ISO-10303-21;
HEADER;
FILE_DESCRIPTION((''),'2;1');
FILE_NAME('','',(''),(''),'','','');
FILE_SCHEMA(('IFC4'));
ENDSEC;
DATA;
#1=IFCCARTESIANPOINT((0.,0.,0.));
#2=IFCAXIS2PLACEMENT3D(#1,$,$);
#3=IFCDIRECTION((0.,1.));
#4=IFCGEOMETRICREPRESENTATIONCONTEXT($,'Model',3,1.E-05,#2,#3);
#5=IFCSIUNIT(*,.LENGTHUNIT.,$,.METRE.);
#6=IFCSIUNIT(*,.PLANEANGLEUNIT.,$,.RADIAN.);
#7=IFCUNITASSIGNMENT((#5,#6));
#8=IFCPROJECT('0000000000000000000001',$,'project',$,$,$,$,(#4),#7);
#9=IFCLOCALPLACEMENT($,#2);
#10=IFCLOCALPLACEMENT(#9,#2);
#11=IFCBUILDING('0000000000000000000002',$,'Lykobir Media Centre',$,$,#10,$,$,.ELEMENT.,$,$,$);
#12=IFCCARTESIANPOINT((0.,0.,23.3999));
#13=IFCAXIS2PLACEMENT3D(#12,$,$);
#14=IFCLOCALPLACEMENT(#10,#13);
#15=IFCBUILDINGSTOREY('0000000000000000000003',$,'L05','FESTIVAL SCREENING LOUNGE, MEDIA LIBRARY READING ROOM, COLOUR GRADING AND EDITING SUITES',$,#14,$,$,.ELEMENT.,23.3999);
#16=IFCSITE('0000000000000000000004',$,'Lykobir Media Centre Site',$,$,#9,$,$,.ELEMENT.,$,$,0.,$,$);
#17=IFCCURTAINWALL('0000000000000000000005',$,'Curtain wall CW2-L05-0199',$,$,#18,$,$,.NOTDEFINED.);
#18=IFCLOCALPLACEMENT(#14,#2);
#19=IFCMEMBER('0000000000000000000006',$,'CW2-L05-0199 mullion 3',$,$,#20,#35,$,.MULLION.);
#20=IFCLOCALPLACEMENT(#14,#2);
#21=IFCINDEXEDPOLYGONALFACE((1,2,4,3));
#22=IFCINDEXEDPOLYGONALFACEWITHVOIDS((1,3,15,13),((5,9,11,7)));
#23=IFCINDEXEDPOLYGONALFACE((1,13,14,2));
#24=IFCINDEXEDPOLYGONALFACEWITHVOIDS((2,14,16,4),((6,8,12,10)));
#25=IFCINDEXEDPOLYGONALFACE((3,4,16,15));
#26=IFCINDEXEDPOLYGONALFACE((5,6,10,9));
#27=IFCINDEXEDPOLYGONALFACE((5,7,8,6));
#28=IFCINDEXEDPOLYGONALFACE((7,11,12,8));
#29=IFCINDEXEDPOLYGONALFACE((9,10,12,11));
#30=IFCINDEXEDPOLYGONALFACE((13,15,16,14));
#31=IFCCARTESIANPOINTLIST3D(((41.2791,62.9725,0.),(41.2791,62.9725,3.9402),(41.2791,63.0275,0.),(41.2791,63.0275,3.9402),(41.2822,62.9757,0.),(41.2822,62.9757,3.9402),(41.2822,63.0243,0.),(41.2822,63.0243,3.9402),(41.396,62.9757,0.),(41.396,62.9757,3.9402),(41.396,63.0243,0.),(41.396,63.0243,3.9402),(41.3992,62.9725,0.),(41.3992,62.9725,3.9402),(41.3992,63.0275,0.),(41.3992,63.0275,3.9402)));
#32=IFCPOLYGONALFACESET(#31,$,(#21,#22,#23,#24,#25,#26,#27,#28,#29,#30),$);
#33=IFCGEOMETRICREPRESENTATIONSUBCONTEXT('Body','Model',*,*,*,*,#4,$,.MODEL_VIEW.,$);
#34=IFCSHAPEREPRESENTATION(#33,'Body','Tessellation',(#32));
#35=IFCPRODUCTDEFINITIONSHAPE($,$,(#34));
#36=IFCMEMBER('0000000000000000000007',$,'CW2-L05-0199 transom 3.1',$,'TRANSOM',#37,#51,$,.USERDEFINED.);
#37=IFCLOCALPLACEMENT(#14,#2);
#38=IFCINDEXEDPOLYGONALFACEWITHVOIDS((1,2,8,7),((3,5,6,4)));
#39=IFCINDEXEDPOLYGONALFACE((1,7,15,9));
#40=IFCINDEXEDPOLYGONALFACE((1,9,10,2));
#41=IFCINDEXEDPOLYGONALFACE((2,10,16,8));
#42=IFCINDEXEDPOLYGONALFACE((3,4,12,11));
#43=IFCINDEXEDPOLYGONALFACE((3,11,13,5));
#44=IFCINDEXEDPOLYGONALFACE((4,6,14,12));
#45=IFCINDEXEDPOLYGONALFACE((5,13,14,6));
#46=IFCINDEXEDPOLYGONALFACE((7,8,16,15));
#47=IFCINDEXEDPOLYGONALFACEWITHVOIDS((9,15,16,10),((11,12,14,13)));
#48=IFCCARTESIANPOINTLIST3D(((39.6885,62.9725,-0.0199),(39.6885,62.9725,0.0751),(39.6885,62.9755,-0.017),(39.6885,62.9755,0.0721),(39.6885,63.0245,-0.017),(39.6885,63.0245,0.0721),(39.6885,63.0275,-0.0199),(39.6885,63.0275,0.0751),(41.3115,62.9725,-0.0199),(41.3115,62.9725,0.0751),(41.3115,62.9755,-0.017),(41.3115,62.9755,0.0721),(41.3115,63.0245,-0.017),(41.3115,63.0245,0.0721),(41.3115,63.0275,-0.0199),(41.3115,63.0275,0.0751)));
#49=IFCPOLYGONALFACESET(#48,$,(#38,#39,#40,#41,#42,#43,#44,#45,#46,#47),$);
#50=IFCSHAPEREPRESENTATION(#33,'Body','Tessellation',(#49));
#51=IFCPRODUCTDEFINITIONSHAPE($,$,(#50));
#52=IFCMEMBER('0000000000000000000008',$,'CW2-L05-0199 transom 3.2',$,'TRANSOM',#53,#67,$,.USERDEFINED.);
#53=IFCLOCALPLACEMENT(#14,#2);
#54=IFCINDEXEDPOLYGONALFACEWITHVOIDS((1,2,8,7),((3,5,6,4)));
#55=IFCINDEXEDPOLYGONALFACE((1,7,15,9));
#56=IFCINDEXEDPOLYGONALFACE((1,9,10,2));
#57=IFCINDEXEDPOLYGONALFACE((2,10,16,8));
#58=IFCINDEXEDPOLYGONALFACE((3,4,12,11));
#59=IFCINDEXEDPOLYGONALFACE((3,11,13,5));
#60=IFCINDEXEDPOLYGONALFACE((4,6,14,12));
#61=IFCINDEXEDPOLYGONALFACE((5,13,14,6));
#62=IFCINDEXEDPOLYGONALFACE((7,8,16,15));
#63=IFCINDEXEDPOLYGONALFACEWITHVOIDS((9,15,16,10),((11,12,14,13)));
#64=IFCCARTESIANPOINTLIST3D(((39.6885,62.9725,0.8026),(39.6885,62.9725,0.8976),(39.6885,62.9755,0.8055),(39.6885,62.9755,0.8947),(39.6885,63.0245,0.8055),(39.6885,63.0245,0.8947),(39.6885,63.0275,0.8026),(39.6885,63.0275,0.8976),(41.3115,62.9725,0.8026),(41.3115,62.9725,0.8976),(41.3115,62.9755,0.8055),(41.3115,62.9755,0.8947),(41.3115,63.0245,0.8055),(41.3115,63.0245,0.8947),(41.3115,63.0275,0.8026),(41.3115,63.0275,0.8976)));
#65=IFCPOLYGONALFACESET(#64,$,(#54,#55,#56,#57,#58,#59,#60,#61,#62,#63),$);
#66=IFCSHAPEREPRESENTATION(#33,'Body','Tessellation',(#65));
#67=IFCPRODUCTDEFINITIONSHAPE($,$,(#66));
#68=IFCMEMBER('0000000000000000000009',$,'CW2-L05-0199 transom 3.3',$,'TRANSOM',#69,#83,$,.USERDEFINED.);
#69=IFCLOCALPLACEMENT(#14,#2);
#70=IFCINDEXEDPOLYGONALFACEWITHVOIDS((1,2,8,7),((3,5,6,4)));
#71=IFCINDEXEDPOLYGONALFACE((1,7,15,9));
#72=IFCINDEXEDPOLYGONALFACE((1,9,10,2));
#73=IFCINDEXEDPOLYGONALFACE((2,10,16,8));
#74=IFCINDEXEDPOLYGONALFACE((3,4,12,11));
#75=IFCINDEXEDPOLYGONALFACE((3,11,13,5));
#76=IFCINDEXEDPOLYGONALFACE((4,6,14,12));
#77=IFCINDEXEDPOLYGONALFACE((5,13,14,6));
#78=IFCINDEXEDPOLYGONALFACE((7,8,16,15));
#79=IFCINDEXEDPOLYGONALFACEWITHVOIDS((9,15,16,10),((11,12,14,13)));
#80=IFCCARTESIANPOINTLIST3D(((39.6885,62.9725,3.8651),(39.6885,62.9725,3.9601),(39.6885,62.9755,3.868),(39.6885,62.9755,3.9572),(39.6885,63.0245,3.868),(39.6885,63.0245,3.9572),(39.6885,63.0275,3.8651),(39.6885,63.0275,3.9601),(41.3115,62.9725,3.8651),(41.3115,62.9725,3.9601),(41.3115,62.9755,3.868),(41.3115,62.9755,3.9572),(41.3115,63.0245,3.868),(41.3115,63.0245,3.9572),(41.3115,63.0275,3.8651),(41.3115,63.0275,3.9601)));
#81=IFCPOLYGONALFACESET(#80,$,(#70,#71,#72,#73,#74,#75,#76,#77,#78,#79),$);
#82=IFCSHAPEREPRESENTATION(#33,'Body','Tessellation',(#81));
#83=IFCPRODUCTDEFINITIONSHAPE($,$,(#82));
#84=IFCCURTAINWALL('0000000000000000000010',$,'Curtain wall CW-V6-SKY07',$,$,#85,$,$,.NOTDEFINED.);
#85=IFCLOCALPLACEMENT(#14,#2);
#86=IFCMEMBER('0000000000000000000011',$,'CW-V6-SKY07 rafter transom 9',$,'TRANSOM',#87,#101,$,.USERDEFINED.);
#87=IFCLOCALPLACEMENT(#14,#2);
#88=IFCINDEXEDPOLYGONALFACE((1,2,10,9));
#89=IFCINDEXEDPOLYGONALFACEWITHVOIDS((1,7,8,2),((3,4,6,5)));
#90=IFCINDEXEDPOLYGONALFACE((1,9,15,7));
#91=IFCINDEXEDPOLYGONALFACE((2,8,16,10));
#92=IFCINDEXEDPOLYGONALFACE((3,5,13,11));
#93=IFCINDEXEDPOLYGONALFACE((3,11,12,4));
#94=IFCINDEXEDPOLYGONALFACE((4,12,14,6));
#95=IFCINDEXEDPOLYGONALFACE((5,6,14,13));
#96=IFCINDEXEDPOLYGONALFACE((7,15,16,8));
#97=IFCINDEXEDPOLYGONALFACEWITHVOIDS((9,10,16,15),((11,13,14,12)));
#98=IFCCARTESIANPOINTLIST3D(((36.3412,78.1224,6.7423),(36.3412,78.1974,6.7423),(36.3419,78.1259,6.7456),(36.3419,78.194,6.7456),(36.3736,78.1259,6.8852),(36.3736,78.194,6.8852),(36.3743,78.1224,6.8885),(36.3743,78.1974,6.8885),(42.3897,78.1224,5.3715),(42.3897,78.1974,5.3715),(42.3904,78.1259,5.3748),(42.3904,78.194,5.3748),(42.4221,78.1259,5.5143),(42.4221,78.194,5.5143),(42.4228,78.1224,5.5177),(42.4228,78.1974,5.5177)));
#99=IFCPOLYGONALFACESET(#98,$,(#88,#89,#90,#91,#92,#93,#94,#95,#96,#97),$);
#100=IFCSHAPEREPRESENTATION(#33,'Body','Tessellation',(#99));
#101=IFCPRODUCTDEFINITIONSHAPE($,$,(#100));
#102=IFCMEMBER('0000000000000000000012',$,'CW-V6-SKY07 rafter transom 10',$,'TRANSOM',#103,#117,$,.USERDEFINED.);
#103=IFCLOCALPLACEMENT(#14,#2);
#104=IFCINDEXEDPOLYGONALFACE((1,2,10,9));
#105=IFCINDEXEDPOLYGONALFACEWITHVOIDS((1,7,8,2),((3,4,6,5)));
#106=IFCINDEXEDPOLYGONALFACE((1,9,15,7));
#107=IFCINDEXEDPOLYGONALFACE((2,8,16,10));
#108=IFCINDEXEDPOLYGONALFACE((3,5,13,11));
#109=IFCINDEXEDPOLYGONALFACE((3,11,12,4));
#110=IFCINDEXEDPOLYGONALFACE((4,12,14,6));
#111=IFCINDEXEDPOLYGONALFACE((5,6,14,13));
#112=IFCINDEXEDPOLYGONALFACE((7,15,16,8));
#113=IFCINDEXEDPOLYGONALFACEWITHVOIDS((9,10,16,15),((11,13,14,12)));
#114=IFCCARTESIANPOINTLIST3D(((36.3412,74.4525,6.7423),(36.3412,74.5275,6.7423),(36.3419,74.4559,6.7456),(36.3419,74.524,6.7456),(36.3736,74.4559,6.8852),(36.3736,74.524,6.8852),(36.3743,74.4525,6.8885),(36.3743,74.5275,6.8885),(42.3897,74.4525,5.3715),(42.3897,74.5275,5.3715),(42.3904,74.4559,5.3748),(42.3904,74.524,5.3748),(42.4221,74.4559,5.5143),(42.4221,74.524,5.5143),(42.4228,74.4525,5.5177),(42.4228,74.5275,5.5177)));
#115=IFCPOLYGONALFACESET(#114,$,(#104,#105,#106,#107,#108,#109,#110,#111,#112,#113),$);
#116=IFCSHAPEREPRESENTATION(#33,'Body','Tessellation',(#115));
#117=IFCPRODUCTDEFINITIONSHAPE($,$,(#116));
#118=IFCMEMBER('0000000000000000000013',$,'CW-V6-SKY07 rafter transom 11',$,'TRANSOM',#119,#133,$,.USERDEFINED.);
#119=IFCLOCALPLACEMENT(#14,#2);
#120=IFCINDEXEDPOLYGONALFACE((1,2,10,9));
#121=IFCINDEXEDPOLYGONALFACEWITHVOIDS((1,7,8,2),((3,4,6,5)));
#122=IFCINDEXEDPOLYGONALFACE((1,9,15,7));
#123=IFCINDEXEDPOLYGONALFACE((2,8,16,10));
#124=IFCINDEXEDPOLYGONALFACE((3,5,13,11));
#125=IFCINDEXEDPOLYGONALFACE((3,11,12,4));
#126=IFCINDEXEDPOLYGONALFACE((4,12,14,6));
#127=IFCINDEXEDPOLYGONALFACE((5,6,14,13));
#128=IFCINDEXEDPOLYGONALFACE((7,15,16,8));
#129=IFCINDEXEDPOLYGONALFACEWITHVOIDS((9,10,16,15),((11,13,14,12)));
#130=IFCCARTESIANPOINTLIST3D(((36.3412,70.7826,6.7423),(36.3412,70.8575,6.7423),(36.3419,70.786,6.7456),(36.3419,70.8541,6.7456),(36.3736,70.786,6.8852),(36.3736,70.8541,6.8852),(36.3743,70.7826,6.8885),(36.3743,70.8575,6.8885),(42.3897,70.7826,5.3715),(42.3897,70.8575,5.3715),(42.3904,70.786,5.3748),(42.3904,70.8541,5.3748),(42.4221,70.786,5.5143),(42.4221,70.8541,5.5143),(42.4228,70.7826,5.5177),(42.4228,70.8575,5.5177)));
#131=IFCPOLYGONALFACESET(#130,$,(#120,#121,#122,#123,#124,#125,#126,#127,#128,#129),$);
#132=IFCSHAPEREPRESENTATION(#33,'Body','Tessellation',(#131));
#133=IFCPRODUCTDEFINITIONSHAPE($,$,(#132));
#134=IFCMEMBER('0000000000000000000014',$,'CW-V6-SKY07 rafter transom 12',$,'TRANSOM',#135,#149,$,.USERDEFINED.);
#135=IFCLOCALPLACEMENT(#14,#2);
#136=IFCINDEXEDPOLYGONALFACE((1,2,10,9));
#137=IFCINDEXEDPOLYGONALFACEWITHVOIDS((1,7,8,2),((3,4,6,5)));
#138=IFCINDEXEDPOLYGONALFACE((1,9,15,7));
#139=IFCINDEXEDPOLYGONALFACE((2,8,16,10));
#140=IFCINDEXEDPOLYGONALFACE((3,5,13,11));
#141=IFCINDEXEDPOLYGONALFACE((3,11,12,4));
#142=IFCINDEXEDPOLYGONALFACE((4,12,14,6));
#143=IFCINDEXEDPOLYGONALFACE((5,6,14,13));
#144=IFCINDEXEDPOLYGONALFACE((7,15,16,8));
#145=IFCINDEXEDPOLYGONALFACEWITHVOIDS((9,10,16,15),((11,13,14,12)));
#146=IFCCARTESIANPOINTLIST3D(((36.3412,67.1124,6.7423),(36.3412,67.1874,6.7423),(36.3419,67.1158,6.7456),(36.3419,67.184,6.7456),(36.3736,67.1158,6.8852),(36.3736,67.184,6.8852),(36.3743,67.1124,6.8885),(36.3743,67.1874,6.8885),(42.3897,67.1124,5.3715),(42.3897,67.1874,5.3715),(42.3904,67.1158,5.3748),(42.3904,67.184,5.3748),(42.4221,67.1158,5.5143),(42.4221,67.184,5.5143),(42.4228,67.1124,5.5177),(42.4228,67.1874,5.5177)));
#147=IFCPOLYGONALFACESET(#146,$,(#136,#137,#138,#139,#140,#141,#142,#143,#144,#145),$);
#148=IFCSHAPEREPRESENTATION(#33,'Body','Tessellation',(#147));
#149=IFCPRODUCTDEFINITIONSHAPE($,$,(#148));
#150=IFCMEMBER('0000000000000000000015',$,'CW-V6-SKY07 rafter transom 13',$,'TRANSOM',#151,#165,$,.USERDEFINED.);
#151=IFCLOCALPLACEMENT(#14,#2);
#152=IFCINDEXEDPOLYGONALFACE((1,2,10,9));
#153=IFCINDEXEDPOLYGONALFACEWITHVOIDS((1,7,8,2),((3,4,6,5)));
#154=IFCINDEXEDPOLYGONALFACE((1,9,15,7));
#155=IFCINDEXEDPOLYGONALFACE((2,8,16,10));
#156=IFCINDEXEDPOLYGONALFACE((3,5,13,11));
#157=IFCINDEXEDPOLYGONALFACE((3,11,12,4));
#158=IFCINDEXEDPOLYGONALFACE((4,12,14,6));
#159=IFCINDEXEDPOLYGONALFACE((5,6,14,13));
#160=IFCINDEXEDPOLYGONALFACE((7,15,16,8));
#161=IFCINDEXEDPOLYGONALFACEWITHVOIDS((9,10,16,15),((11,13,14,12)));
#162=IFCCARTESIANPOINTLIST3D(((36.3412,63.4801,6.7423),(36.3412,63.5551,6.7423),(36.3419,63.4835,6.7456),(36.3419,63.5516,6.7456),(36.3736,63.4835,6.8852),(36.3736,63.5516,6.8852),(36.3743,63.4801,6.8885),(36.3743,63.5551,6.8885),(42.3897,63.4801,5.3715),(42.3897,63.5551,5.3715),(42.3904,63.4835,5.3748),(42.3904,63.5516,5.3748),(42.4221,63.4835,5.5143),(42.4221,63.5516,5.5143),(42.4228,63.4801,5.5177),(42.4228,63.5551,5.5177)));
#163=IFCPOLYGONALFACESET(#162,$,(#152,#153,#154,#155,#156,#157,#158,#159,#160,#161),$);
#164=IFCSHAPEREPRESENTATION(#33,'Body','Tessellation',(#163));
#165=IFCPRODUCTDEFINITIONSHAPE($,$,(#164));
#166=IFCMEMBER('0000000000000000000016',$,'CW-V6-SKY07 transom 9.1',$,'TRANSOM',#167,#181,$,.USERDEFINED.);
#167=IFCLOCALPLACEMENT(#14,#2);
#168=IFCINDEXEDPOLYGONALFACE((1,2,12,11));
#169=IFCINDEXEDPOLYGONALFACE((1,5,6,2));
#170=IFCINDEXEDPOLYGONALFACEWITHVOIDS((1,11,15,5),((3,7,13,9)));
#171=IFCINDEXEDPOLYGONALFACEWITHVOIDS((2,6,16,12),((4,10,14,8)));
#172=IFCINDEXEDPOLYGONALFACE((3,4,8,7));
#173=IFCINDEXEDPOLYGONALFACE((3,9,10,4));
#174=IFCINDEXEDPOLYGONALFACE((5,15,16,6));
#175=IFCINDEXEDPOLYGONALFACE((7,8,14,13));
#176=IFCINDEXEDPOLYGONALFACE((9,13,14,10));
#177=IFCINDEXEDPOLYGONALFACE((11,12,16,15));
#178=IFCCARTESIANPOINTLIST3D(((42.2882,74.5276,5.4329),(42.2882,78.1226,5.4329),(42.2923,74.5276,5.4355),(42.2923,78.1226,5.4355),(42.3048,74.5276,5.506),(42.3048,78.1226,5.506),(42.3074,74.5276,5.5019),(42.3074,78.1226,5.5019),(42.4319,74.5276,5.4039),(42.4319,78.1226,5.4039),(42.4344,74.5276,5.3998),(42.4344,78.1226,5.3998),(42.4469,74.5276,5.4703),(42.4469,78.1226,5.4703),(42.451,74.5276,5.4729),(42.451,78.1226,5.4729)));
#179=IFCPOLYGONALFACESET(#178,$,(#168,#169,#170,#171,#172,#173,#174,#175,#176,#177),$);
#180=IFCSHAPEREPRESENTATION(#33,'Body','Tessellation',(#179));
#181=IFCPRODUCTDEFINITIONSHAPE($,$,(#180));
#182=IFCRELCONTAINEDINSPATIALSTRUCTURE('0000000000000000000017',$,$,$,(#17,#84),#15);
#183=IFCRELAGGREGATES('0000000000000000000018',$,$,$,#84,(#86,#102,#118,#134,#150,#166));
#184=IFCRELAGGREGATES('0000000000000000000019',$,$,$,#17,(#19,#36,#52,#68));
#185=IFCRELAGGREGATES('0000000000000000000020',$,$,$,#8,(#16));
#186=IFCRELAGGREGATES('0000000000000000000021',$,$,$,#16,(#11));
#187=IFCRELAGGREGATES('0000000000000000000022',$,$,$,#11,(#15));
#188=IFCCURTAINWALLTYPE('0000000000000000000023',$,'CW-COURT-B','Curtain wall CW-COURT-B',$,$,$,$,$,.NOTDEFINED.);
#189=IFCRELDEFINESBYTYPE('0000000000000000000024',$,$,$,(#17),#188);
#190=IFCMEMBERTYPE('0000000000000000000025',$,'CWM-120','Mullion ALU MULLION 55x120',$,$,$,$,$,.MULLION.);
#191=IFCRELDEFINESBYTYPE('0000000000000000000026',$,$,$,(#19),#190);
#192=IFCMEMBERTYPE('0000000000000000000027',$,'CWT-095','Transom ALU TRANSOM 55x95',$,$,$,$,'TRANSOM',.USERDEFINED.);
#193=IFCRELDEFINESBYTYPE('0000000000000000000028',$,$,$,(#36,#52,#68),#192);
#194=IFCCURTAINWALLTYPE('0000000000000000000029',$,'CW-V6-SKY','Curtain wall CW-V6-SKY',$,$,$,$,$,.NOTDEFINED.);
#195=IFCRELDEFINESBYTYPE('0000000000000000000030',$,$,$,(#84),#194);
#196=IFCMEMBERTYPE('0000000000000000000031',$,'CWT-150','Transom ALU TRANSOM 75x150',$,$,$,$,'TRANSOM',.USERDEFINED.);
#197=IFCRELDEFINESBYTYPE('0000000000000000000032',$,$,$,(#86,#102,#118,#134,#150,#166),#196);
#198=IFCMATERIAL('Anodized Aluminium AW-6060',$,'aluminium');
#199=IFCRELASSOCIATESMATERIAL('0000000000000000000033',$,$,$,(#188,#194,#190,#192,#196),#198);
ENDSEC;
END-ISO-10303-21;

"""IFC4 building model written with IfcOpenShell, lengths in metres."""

from ifc_helpers import new_model, si_unit, direction, frame, origin, origin_2d, place, context, subcontext, project, spatial, hollow_rectangle, extrude, material, material_profile, profile_set, type_object, element, aggregate, save


model = new_model("IFC4")

# Units and contexts
model_context = context("Model", 3, precision=1e-05, world=origin(), true_north=direction((0.0, 1.0)))
body_context = subcontext(model_context, "Body", "Model", "MODEL_VIEW")
ifc_project = project(units=[si_unit("LENGTHUNIT", "METRE"), si_unit("PLANEANGLEUNIT", "RADIAN")], contexts=[model_context])

# Site, building, storey
site_placement = place(None, origin())
site = spatial("IfcSite", under=ifc_project, at=site_placement, Name="Lykobir Media Centre Site", CompositionType="ELEMENT", RefElevation=0.0)
building_placement = place(site_placement, origin())
building = spatial("IfcBuilding", under=site, at=building_placement, Name="Lykobir Media Centre", CompositionType="ELEMENT")
storey_placement = place(building_placement, frame((0.0, 0.0, 23.3999)))
storey = spatial("IfcBuildingStorey", under=building, at=storey_placement, Name="L05", Description="FESTIVAL SCREENING LOUNGE, MEDIA LIBRARY READING ROOM, COLOUR GRADING AND EDITING SUITES", CompositionType="ELEMENT", Elevation=23.3999)

# Curtain walls, members
ifc_material_1 = material(Name="Anodized Aluminium AW-6060", Category="aluminium")
curtain_wall_type_1 = type_object("IfcCurtainWallType", Name="CW-COURT-B", Description="Curtain wall CW-COURT-B", PredefinedType="NOTDEFINED", material=ifc_material_1)
curtain_wall_1_placement = place(storey_placement, origin())
curtain_wall_1 = element("IfcCurtainWall", 1, at=curtain_wall_1_placement, inside=storey, type_object=curtain_wall_type_1, Name="Curtain wall CW2-L05-0199", PredefinedType="NOTDEFINED")
ifc_material_profile_1 = material_profile(ifc_material_1, hollow_rectangle(XDim=0.0549, YDim=0.1201, WallThickness=0.0032, at=origin_2d()), Name="ALU MULLION 55x120")
ifc_profile_set_1 = profile_set([ifc_material_profile_1], Name="Anodized Aluminium AW-6060")
member_type_1 = type_object("IfcMemberType", Name="CWM-120", Description="Mullion ALU MULLION 55x120", PredefinedType="MULLION", material=ifc_profile_set_1)
member_1_placement = place(storey_placement, frame((41.3391, 63.0, 0.0), z_axis=(0.0, 0.0, 1.0), x_axis=(0.0, -1.0, 0.0)))
member_1 = element("IfcMember", 2, at=member_1_placement, type_object=member_type_1, Name="CW2-L05-0199 mullion 3", PredefinedType="MULLION", context=body_context, shape_type="SweptSolid", body=[
    extrude(hollow_rectangle(XDim=0.0549, YDim=0.1201, WallThickness=0.0032, at=origin_2d()), origin(), (0.0, 0.0, 1.0), 3.9402),
])
ifc_material_profile_2 = material_profile(ifc_material_1, hollow_rectangle(XDim=0.0549, YDim=0.095, WallThickness=0.0029, at=origin_2d()), Name="ALU TRANSOM 55x95")
ifc_profile_set_2 = profile_set([ifc_material_profile_2], Name="Anodized Aluminium AW-6060")
member_type_2 = type_object("IfcMemberType", Name="CWT-095", Description="Transom ALU TRANSOM 55x95", ElementType="TRANSOM", PredefinedType="USERDEFINED", material=ifc_profile_set_2)
member_2_placement = place(storey_placement, frame((41.3115, 63.0, 0.0276), z_axis=(-1.0, 0.0, 0.0), x_axis=(0.0, -1.0, 0.0)))
member_2 = element("IfcMember", 3, at=member_2_placement, type_object=member_type_2, Name="CW2-L05-0199 transom 3.1", ObjectType="TRANSOM", PredefinedType="USERDEFINED", context=body_context, shape_type="SweptSolid", body=[
    extrude(hollow_rectangle(XDim=0.0549, YDim=0.095, WallThickness=0.0029, at=origin_2d()), origin(), (0.0, 0.0, 1.0), 1.623),
])
member_3_placement = place(storey_placement, frame((41.3115, 63.0, 0.8501), z_axis=(-1.0, 0.0, 0.0), x_axis=(0.0, -1.0, 0.0)))
member_3 = element("IfcMember", 4, at=member_3_placement, type_object=member_type_2, Name="CW2-L05-0199 transom 3.2", ObjectType="TRANSOM", PredefinedType="USERDEFINED", context=body_context, shape_type="SweptSolid", body=[
    extrude(hollow_rectangle(XDim=0.0549, YDim=0.095, WallThickness=0.0029, at=origin_2d()), origin(), (0.0, 0.0, 1.0), 1.623),
])
member_4_placement = place(storey_placement, frame((41.3115, 63.0, 3.9126), z_axis=(-1.0, 0.0, 0.0), x_axis=(0.0, -1.0, 0.0)))
member_4 = element("IfcMember", 5, at=member_4_placement, type_object=member_type_2, Name="CW2-L05-0199 transom 3.3", ObjectType="TRANSOM", PredefinedType="USERDEFINED", context=body_context, shape_type="SweptSolid", body=[
    extrude(hollow_rectangle(XDim=0.0549, YDim=0.095, WallThickness=0.0029, at=origin_2d()), origin(), (0.0, 0.0, 1.0), 1.623),
])
curtain_wall_type_2 = type_object("IfcCurtainWallType", Name="CW-V6-SKY", Description="Curtain wall CW-V6-SKY", PredefinedType="NOTDEFINED", material=ifc_material_1)
curtain_wall_2_placement = place(storey_placement, origin())
curtain_wall_2 = element("IfcCurtainWall", 6, at=curtain_wall_2_placement, inside=storey, type_object=curtain_wall_type_2, Name="Curtain wall CW-V6-SKY07", PredefinedType="NOTDEFINED")
ifc_material_profile_3 = material_profile(ifc_material_1, hollow_rectangle(XDim=0.075, YDim=0.1499, WallThickness=0.0034, at=origin_2d()), Name="ALU TRANSOM 75x150")
ifc_profile_set_3 = profile_set([ifc_material_profile_3], Name="Anodized Aluminium AW-6060")
member_type_3 = type_object("IfcMemberType", Name="CWT-150", Description="Transom ALU TRANSOM 75x150", ElementType="TRANSOM", PredefinedType="USERDEFINED", material=ifc_profile_set_3)
member_5_placement = place(storey_placement, frame((42.4062, 78.1599, 5.4446), z_axis=(-0.975266, 0.0, 0.221034), x_axis=(0.0, -1.0, 0.0)))
member_5 = element("IfcMember", 7, at=member_5_placement, type_object=member_type_3, Name="CW-V6-SKY07 rafter transom 9", ObjectType="TRANSOM", PredefinedType="USERDEFINED", context=body_context, shape_type="SweptSolid", body=[
    extrude(hollow_rectangle(XDim=0.075, YDim=0.1499, WallThickness=0.0034, at=origin_2d()), origin(), (0.0, 0.0, 1.0), 6.2019),
])
member_6_placement = place(storey_placement, frame((42.4062, 74.49, 5.4446), z_axis=(-0.975266, 0.0, 0.221034), x_axis=(0.0, -1.0, 0.0)))
member_6 = element("IfcMember", 8, at=member_6_placement, type_object=member_type_3, Name="CW-V6-SKY07 rafter transom 10", ObjectType="TRANSOM", PredefinedType="USERDEFINED", context=body_context, shape_type="SweptSolid", body=[
    extrude(hollow_rectangle(XDim=0.075, YDim=0.1499, WallThickness=0.0034, at=origin_2d()), origin(), (0.0, 0.0, 1.0), 6.2019),
])
member_7_placement = place(storey_placement, frame((42.4062, 70.8201, 5.4446), z_axis=(-0.975266, 0.0, 0.221034), x_axis=(0.0, -1.0, 0.0)))
member_7 = element("IfcMember", 9, at=member_7_placement, type_object=member_type_3, Name="CW-V6-SKY07 rafter transom 11", ObjectType="TRANSOM", PredefinedType="USERDEFINED", context=body_context, shape_type="SweptSolid", body=[
    extrude(hollow_rectangle(XDim=0.075, YDim=0.1499, WallThickness=0.0034, at=origin_2d()), origin(), (0.0, 0.0, 1.0), 6.2019),
])
member_8_placement = place(storey_placement, frame((42.4062, 67.1499, 5.4446), z_axis=(-0.975266, 0.0, 0.221034), x_axis=(0.0, -1.0, 0.0)))
member_8 = element("IfcMember", 10, at=member_8_placement, type_object=member_type_3, Name="CW-V6-SKY07 rafter transom 12", ObjectType="TRANSOM", PredefinedType="USERDEFINED", context=body_context, shape_type="SweptSolid", body=[
    extrude(hollow_rectangle(XDim=0.075, YDim=0.1499, WallThickness=0.0034, at=origin_2d()), origin(), (0.0, 0.0, 1.0), 6.2019),
])
member_9_placement = place(storey_placement, frame((42.4062, 63.5176, 5.4446), z_axis=(-0.975266, 0.0, 0.221034), x_axis=(0.0, -1.0, 0.0)))
member_9 = element("IfcMember", 11, at=member_9_placement, type_object=member_type_3, Name="CW-V6-SKY07 rafter transom 13", ObjectType="TRANSOM", PredefinedType="USERDEFINED", context=body_context, shape_type="SweptSolid", body=[
    extrude(hollow_rectangle(XDim=0.075, YDim=0.1499, WallThickness=0.0034, at=origin_2d()), origin(), (0.0, 0.0, 1.0), 6.2019),
])
member_10_placement = place(storey_placement, frame((42.3696, 78.1226, 5.4529), z_axis=(0.0, -1.0, 0.0), x_axis=(0.221055, 0.0, 0.975261)))
member_10 = element("IfcMember", 12, at=member_10_placement, type_object=member_type_3, Name="CW-V6-SKY07 transom 9.1", ObjectType="TRANSOM", PredefinedType="USERDEFINED", context=body_context, shape_type="SweptSolid", body=[
    extrude(hollow_rectangle(XDim=0.075, YDim=0.1499, WallThickness=0.0034, at=origin_2d()), origin(), (0.0, 0.0, 1.0), 3.595),
])

aggregate(curtain_wall_2, [member_5, member_6, member_7, member_8, member_9, member_10])
aggregate(curtain_wall_1, [member_1, member_2, member_3, member_4])

save(model, "model.ifc")
